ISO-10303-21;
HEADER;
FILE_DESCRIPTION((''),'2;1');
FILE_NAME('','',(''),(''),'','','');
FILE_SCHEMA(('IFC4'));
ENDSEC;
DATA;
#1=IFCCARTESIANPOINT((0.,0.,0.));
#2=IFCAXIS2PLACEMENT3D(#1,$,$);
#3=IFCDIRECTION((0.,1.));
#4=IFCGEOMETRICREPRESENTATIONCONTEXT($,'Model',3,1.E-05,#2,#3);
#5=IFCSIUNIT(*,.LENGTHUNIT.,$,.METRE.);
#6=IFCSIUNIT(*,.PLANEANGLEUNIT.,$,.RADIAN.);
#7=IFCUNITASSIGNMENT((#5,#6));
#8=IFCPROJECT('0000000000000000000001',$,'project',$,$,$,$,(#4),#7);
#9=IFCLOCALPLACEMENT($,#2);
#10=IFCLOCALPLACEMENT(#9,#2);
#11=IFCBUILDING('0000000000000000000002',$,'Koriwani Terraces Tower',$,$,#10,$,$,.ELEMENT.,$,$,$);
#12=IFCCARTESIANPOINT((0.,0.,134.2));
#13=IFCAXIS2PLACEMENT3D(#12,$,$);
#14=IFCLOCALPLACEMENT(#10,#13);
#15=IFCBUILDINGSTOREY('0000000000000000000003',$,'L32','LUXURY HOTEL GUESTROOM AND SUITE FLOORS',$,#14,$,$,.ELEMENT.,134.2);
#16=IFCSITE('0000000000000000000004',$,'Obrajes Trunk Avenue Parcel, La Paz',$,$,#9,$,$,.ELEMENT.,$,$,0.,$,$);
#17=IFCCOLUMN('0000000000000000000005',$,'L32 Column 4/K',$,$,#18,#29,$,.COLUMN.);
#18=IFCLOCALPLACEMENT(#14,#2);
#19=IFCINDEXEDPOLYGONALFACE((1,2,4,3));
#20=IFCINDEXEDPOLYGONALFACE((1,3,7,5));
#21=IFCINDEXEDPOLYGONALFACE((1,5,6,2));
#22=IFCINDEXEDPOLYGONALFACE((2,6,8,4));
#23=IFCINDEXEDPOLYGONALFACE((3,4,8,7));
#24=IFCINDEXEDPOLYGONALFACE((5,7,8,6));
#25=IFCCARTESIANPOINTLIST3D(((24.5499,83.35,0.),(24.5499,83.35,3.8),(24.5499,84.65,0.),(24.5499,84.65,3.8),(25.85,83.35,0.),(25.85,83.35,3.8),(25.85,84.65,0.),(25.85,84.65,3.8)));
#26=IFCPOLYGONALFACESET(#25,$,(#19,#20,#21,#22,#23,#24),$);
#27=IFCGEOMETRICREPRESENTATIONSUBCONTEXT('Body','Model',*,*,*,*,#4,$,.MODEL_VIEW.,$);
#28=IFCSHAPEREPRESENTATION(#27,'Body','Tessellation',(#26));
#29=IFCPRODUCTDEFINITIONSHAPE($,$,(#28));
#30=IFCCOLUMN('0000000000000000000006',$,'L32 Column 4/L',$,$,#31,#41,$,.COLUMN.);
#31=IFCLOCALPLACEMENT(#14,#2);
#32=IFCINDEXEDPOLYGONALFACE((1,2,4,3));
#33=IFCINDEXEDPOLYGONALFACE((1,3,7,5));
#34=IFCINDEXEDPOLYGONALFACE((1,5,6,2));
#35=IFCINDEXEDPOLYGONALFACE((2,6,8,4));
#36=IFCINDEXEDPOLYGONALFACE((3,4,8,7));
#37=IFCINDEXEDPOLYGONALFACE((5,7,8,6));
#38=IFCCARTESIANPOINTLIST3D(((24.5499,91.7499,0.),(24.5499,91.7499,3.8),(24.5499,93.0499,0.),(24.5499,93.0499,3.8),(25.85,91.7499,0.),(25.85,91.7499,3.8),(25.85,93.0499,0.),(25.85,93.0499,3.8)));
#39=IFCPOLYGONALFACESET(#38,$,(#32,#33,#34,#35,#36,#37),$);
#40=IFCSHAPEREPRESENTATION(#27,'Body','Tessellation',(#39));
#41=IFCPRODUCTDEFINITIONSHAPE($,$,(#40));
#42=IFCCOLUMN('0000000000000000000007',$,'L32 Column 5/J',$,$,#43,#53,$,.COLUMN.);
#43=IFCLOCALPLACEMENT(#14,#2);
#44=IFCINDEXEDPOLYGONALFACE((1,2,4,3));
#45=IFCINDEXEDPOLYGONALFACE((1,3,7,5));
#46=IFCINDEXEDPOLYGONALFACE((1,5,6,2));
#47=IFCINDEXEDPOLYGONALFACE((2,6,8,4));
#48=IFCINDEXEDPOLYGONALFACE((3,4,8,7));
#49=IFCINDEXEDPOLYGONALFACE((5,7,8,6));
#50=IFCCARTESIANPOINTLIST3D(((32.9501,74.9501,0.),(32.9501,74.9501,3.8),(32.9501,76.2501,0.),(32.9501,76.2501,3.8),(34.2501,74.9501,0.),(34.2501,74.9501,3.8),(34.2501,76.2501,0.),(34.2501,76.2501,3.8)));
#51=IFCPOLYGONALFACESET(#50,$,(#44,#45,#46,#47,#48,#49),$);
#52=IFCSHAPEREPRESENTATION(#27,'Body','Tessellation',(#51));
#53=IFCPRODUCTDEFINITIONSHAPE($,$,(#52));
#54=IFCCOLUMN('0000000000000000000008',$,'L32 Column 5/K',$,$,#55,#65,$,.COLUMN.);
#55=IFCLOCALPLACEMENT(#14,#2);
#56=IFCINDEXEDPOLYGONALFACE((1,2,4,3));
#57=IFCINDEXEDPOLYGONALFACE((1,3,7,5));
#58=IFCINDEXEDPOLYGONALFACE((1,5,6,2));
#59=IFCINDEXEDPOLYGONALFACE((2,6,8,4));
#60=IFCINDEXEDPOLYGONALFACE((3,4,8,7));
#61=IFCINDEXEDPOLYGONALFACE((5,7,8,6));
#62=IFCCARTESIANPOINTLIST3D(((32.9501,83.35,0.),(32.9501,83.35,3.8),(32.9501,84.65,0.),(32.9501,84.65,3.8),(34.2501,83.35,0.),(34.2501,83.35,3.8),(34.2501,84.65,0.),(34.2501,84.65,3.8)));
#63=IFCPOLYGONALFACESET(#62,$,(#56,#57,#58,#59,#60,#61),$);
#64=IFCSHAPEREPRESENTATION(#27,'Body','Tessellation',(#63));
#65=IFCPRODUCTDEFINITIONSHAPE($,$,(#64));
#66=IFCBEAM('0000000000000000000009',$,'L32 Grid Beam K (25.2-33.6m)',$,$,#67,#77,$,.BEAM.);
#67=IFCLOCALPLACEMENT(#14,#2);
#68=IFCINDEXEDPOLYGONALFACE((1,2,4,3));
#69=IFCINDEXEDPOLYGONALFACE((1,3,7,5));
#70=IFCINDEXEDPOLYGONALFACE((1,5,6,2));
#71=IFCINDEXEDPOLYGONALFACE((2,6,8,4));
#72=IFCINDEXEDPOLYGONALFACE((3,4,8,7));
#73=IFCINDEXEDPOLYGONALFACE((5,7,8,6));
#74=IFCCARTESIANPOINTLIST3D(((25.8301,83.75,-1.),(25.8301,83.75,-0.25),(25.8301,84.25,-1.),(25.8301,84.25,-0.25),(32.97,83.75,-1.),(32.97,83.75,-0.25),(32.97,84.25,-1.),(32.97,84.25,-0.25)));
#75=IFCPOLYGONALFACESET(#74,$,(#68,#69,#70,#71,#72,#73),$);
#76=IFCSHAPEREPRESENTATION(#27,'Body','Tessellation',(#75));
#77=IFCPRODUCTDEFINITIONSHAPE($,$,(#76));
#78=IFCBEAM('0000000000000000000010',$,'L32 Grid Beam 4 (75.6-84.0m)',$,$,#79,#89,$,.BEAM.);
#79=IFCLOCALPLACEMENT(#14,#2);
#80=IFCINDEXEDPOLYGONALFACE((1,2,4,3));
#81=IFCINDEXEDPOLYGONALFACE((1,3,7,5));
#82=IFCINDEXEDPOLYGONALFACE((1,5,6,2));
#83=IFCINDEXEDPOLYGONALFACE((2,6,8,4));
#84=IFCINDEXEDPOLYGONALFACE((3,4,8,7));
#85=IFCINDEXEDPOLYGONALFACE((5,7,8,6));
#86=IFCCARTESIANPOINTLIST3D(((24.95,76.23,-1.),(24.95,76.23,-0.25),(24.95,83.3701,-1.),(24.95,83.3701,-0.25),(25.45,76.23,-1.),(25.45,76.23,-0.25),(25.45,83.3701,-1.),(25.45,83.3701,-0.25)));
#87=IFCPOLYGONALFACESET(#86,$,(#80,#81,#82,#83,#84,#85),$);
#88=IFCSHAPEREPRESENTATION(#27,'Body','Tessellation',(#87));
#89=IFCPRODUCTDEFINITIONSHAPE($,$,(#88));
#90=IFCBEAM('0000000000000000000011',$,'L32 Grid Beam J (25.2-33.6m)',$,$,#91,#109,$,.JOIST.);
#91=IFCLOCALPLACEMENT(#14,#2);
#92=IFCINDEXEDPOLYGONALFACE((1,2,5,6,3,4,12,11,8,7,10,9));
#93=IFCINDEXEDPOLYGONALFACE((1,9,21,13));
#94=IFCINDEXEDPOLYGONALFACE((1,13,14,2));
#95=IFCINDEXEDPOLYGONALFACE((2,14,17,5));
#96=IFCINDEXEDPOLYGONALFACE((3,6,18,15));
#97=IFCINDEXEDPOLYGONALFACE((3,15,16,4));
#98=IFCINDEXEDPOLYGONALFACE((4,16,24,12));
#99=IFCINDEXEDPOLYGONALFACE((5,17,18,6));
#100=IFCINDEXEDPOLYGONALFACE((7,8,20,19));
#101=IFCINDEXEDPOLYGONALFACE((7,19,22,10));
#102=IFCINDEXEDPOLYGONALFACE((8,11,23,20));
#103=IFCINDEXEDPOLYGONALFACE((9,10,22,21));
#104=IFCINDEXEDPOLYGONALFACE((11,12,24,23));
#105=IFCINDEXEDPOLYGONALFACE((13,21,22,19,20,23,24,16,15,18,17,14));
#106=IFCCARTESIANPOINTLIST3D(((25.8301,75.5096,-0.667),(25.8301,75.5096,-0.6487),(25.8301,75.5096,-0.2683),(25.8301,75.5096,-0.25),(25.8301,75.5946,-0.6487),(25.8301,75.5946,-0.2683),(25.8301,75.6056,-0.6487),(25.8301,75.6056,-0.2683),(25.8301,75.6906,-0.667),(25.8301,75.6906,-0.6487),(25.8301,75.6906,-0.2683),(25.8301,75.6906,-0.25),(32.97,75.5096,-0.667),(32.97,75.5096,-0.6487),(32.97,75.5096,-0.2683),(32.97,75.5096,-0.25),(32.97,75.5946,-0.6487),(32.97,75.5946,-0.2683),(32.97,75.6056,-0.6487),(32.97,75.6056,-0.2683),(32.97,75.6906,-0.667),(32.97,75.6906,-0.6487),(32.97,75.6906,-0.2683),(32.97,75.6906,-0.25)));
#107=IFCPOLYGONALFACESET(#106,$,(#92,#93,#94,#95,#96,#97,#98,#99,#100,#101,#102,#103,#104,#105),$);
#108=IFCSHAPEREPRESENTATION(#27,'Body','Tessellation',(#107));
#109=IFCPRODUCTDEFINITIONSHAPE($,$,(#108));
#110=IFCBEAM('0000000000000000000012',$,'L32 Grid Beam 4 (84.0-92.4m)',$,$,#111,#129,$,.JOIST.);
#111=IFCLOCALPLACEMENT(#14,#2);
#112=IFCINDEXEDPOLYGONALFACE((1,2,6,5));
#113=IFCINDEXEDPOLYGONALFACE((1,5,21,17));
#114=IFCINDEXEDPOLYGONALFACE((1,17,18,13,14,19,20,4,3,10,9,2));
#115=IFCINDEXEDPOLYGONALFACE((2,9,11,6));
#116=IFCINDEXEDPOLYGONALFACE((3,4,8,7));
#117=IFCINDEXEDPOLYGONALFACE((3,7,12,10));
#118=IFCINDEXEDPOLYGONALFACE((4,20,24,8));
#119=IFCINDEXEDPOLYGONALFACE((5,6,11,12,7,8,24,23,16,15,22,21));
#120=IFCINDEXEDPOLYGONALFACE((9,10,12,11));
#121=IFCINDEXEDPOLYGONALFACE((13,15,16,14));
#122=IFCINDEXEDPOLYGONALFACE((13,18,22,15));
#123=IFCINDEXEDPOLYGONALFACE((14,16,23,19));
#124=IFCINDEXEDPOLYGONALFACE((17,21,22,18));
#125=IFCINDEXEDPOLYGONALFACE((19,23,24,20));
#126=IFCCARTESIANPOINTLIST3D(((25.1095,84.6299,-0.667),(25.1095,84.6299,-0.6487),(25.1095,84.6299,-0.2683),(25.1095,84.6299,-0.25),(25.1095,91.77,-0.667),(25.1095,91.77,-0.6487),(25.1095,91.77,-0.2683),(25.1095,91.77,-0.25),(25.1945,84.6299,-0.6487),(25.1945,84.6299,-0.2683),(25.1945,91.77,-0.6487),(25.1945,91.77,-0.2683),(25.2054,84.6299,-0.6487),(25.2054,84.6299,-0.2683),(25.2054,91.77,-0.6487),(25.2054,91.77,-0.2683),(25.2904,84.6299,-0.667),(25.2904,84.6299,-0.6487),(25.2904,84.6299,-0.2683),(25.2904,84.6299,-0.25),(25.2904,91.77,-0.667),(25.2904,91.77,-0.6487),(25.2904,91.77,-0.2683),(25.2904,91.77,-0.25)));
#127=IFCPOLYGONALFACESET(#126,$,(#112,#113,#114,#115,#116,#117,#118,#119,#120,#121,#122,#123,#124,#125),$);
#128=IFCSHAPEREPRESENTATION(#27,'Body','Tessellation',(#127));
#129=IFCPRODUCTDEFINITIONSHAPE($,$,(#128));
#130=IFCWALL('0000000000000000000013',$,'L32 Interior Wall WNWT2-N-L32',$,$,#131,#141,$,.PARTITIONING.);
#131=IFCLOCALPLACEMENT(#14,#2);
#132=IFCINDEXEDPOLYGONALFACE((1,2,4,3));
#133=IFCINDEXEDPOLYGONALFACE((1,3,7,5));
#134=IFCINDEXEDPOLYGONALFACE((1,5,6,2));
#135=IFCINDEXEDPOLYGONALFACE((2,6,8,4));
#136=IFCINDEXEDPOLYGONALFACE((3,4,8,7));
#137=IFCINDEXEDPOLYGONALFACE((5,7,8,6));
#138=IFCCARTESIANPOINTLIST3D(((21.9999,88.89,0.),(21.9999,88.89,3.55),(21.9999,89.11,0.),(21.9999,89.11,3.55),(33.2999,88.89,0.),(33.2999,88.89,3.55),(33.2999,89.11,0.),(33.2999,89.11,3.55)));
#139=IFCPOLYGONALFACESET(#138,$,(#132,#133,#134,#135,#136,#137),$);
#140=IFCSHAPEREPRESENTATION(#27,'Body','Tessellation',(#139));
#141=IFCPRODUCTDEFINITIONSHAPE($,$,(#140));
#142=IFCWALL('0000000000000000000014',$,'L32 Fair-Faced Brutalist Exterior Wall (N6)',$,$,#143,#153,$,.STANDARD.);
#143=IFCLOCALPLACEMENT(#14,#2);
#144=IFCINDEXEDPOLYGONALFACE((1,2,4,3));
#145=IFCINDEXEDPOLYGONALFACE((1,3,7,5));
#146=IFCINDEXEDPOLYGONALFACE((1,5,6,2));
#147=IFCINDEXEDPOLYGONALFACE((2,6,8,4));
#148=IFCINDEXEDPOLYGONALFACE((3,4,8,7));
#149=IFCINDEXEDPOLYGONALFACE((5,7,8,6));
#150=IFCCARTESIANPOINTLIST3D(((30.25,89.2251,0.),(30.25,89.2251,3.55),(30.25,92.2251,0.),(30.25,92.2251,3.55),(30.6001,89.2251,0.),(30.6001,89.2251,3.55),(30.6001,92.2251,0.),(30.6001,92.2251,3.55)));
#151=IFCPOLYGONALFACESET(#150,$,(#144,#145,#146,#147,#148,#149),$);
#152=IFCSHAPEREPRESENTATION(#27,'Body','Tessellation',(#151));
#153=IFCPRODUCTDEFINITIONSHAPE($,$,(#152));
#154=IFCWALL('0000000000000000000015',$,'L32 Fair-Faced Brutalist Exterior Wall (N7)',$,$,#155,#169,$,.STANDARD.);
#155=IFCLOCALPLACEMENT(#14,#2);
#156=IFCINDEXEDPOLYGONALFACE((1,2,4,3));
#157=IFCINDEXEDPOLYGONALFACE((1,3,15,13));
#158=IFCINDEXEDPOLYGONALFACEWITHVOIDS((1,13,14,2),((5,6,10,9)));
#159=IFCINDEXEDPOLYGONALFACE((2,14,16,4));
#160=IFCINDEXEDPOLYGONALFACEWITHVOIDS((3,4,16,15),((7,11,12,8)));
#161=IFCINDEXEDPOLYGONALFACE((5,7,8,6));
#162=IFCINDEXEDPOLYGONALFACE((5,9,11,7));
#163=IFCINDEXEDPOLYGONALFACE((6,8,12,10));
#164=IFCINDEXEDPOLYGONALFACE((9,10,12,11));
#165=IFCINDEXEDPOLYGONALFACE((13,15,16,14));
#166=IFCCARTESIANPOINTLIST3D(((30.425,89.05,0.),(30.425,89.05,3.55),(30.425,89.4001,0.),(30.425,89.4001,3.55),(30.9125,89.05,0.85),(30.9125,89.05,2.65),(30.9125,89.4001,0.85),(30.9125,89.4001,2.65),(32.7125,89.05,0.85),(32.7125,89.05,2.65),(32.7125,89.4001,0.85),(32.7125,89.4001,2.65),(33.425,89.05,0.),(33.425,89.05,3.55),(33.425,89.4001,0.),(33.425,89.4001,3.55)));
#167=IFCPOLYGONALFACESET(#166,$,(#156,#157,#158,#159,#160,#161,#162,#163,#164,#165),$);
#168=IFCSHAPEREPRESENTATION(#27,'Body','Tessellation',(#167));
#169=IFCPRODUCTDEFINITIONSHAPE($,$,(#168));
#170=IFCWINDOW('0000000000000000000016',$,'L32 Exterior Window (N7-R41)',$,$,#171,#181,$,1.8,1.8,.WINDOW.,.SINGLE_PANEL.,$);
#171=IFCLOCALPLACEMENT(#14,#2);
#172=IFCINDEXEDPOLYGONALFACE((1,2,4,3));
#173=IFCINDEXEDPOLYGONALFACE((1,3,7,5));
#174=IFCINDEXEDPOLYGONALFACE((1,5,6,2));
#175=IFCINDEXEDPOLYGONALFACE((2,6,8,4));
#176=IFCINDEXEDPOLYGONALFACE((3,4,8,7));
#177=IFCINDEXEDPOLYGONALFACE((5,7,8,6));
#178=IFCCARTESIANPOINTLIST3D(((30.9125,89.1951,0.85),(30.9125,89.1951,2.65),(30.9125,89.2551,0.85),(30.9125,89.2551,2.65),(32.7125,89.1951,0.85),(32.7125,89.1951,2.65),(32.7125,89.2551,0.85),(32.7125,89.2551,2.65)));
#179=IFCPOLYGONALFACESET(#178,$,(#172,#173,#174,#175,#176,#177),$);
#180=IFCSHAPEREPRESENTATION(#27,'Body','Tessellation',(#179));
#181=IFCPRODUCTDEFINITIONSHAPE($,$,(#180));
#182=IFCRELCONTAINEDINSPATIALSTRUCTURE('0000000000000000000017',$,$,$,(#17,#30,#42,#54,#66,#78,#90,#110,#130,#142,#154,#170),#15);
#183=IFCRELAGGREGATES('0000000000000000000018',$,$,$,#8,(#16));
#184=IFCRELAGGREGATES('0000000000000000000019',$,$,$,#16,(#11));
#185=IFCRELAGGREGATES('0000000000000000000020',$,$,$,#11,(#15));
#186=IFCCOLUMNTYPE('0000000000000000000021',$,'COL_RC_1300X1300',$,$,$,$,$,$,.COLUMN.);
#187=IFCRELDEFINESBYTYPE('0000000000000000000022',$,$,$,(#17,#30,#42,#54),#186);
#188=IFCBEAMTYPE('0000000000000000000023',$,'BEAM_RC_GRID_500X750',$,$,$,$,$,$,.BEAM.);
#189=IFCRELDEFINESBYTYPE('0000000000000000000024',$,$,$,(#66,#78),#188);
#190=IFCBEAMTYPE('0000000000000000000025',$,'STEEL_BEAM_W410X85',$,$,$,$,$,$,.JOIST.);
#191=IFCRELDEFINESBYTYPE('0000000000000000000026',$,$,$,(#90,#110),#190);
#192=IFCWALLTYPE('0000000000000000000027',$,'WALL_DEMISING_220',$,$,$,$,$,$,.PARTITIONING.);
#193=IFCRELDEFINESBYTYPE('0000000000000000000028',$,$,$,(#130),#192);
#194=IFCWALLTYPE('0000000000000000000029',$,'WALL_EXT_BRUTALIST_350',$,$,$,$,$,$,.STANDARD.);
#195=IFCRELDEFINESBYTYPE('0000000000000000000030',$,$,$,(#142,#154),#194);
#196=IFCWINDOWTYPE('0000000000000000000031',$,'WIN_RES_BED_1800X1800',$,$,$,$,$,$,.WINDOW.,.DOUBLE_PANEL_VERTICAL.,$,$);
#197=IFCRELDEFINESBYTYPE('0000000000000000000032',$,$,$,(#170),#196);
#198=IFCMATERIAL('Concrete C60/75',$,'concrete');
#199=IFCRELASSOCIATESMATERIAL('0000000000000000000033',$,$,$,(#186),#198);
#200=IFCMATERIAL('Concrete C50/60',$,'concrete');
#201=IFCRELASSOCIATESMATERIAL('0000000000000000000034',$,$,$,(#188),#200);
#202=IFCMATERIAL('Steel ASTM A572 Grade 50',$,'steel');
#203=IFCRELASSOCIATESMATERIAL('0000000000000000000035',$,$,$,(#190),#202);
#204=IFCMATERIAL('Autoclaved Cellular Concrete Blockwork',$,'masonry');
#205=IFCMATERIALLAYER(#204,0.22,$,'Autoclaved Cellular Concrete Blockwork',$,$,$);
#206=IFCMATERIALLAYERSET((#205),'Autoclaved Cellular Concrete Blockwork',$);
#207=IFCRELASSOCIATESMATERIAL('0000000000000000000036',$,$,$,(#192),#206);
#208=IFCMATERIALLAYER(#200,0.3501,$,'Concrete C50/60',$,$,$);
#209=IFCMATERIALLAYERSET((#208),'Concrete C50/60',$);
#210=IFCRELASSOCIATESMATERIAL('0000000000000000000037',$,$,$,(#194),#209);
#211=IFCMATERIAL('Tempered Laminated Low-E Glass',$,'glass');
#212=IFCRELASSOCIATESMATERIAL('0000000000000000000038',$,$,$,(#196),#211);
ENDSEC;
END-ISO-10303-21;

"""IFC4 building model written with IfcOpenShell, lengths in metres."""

from ifc_helpers import new_model, si_unit, direction, frame, frame_2d, origin, origin_2d, place, context, subcontext, project, spatial, rectangle, i_section, extrude, material, layer, layer_set, material_profile, profile_set, type_object, element, fill, save


model = new_model("IFC4")

# Units and contexts
model_context = context("Model", 3, precision=1e-05, world=origin(), true_north=direction((0.0, 1.0)))
body_context = subcontext(model_context, "Body", "Model", "MODEL_VIEW")
ifc_project = project(units=[si_unit("LENGTHUNIT", "METRE"), si_unit("PLANEANGLEUNIT", "RADIAN")], contexts=[model_context])

# Site, building, storey
site_placement = place(None, origin())
site = spatial("IfcSite", under=ifc_project, at=site_placement, Name="Obrajes Trunk Avenue Parcel, La Paz", CompositionType="ELEMENT", RefElevation=0.0)
building_placement = place(site_placement, origin())
building = spatial("IfcBuilding", under=site, at=building_placement, Name="Koriwani Terraces Tower", CompositionType="ELEMENT")
storey_placement = place(building_placement, frame((0.0, 0.0, 134.2)))
storey = spatial("IfcBuildingStorey", under=building, at=storey_placement, Name="L32", Description="LUXURY HOTEL GUESTROOM AND SUITE FLOORS", CompositionType="ELEMENT", Elevation=134.2)

# Columns
ifc_material_1 = material(Name="Concrete C60/75", Category="concrete")
ifc_material_profile_1 = material_profile(ifc_material_1, rectangle(XDim=1.3, YDim=1.3, at=origin_2d()), Name="Concrete C60/75", Category="LoadBearing")
ifc_profile_set_1 = profile_set([ifc_material_profile_1], Name="Concrete C60/75")
column_type = type_object("IfcColumnType", Name="COL_RC_1300X1300", PredefinedType="COLUMN", material=ifc_profile_set_1)
for number, where, z_axis, x_axis, name in (
    (1, (25.2, 84.0, 0.0), (0.0, 0.0, 1.0), (1.0, 0.0, 0.0), "L32 Column 4/K"),
    (2, (25.2, 92.3999, 0.0), (0.0, 0.0, 1.0), (1.0, 0.0, 0.0), "L32 Column 4/L"),
    (3, (33.6001, 75.6001, 0.0), (0.0, 0.0, 1.0), (1.0, 0.0, 0.0), "L32 Column 5/J"),
    (4, (33.6001, 84.0, 0.0), (0.0, 0.0, 1.0), (1.0, 0.0, 0.0), "L32 Column 5/K"),
):
    element("IfcColumn", number, at=place(storey_placement, frame(where, z_axis=z_axis, x_axis=x_axis)), inside=storey, type_object=column_type, Name=name, PredefinedType="COLUMN", context=body_context, shape_type="SweptSolid", body=[
        extrude(rectangle(XDim=1.3, YDim=1.3, at=origin_2d()), origin(), (0.0, 0.0, 1.0), 3.8),
    ])

# Beams
ifc_material_2 = material(Name="Concrete C50/60", Category="concrete")
ifc_material_profile_2 = material_profile(ifc_material_2, rectangle(XDim=0.5, YDim=0.75, at=origin_2d()), Name="Concrete C50/60", Category="LoadBearing")
ifc_profile_set_2 = profile_set([ifc_material_profile_2], Name="Concrete C50/60")
beam_type_1 = type_object("IfcBeamType", Name="BEAM_RC_GRID_500X750", PredefinedType="BEAM", material=ifc_profile_set_2)
beam_1_placement = place(storey_placement, frame((25.8301, 84.0, -0.625), z_axis=(1.0, 0.0, 0.0), x_axis=(0.0, 1.0, 0.0)))
element("IfcBeam", 5, at=beam_1_placement, inside=storey, type_object=beam_type_1, Name="L32 Grid Beam K (25.2-33.6m)", PredefinedType="BEAM", context=body_context, shape_type="SweptSolid", body=[
    extrude(rectangle(XDim=0.5, YDim=0.75, at=origin_2d()), origin(), (0.0, 0.0, 1.0), 7.1399),
])
beam_2_placement = place(storey_placement, frame((25.2, 76.23, -0.625), z_axis=(0.0, 1.0, 0.0), x_axis=(-1.0, 0.0, 0.0)))
element("IfcBeam", 6, at=beam_2_placement, inside=storey, type_object=beam_type_1, Name="L32 Grid Beam 4 (75.6-84.0m)", PredefinedType="BEAM", context=body_context, shape_type="SweptSolid", body=[
    extrude(rectangle(XDim=0.5, YDim=0.75, at=origin_2d()), origin(), (0.0, 0.0, 1.0), 7.1401),
])
ifc_material_3 = material(Name="Steel ASTM A572 Grade 50", Category="steel")
ifc_material_profile_3 = material_profile(ifc_material_3, i_section(OverallWidth=0.1809, OverallDepth=0.417, WebThickness=0.011, FlangeThickness=0.0183, at=origin_2d()), Name="Steel ASTM A572 Grade 50", Category="LoadBearing")
ifc_profile_set_3 = profile_set([ifc_material_profile_3], Name="Steel ASTM A572 Grade 50")
beam_type_2 = type_object("IfcBeamType", Name="STEEL_BEAM_W410X85", PredefinedType="JOIST", material=ifc_profile_set_3)
beam_3_placement = place(storey_placement, frame((25.8301, 75.6001, -0.4585), z_axis=(1.0, 0.0, 0.0), x_axis=(0.0, 1.0, 0.0)))
element("IfcBeam", 7, at=beam_3_placement, inside=storey, type_object=beam_type_2, Name="L32 Grid Beam J (25.2-33.6m)", PredefinedType="JOIST", context=body_context, shape_type="SweptSolid", body=[
    extrude(i_section(OverallWidth=0.1809, OverallDepth=0.417, WebThickness=0.011, FlangeThickness=0.0183, at=origin_2d()), origin(), (0.0, 0.0, 1.0), 7.1399),
])
beam_4_placement = place(storey_placement, frame((25.2, 84.6299, -0.4585), z_axis=(0.0, 1.0, 0.0), x_axis=(-1.0, 0.0, 0.0)))
element("IfcBeam", 8, at=beam_4_placement, inside=storey, type_object=beam_type_2, Name="L32 Grid Beam 4 (84.0-92.4m)", PredefinedType="JOIST", context=body_context, shape_type="SweptSolid", body=[
    extrude(i_section(OverallWidth=0.1809, OverallDepth=0.417, WebThickness=0.011, FlangeThickness=0.0183, at=origin_2d()), origin(), (0.0, 0.0, 1.0), 7.1401),
])

# Walls
ifc_material_4 = material(Name="Autoclaved Cellular Concrete Blockwork", Category="masonry")
ifc_layer_1 = layer(ifc_material_4, 0.22, Name="Autoclaved Cellular Concrete Blockwork")
ifc_layer_set_1 = layer_set([ifc_layer_1], Name="Autoclaved Cellular Concrete Blockwork")
wall_type_1 = type_object("IfcWallType", Name="WALL_DEMISING_220", PredefinedType="PARTITIONING", material=ifc_layer_set_1)
wall_1_placement = place(storey_placement, frame((22.0, 89.0, 0.0), z_axis=(0.0, 0.0, 1.0), x_axis=(1.0, 0.0, 0.0)))
element("IfcWall", 9, at=wall_1_placement, inside=storey, type_object=wall_type_1, Name="L32 Interior Wall WNWT2-N-L32", PredefinedType="PARTITIONING", context=body_context, shape_type="SweptSolid", body=[
    extrude(rectangle(XDim=11.3, YDim=0.22, at=frame_2d((5.6499, 0.0))), origin(), (0.0, 0.0, 1.0), 3.55),
])
ifc_layer_2 = layer(ifc_material_2, 0.3501, Name="Concrete C50/60")
ifc_layer_set_2 = layer_set([ifc_layer_2], Name="Concrete C50/60")
wall_type_2 = type_object("IfcWallType", Name="WALL_EXT_BRUTALIST_350", PredefinedType="STANDARD", material=ifc_layer_set_2)
wall_2_placement = place(storey_placement, frame((30.425, 92.2251, 0.0), z_axis=(0.0, 0.0, 1.0), x_axis=(0.0, -1.0, 0.0)))
element("IfcWall", 10, at=wall_2_placement, inside=storey, type_object=wall_type_2, Name="L32 Fair-Faced Brutalist Exterior Wall (N6)", PredefinedType="STANDARD", context=body_context, shape_type="SweptSolid", body=[
    extrude(rectangle(XDim=3.0, YDim=0.3501, at=frame_2d((1.5, 0.0))), origin(), (0.0, 0.0, 1.0), 3.55),
])

# Wall, opening, window
wall_3_placement = place(storey_placement, frame((30.425, 89.2251, 0.0), z_axis=(0.0, 0.0, 1.0), x_axis=(1.0, 0.0, 0.0)))
wall_3 = element("IfcWall", 11, at=wall_3_placement, inside=storey, type_object=wall_type_2, Name="L32 Fair-Faced Brutalist Exterior Wall (N7)", PredefinedType="STANDARD", context=body_context, shape_type="SweptSolid", body=[
    extrude(rectangle(XDim=3.0, YDim=0.3501, at=frame_2d((1.5, 0.0))), origin(), (0.0, 0.0, 1.0), 3.55),
])
opening_1_placement = place(wall_3_placement, frame((0.4875, 0.0, 0.8501)))
opening_1 = element("IfcOpeningElement", 12, at=opening_1_placement, cuts=wall_3, PredefinedType="OPENING", context=body_context, shape_type="SweptSolid", body=[
    extrude(rectangle(XDim=1.8, YDim=1.8, at=frame_2d((0.8999, 0.8999))), frame((0.0, 0.1851, 0.0), z_axis=(0.0, -1.0, 0.0), x_axis=(1.0, 0.0, 0.0)), (0.0, 0.0, 1.0), 0.3701),
])
ifc_material_5 = material(Name="Tempered Laminated Low-E Glass", Category="glass")
window_type_1 = type_object("IfcWindowType", Name="WIN_RES_BED_1800X1800", PartitioningType="DOUBLE_PANEL_VERTICAL", PredefinedType="WINDOW", material=ifc_material_5)
window_1_placement = place(opening_1_placement, origin())
window_1 = element("IfcWindow", 13, at=window_1_placement, inside=storey, type_object=window_type_1, Name="L32 Exterior Window (N7-R41)", OverallHeight=1.8, OverallWidth=1.8, PartitioningType="SINGLE_PANEL", PredefinedType="WINDOW", context=body_context, shape_type="SweptSolid", body=[
    extrude(rectangle(XDim=1.8, YDim=1.8, at=frame_2d((0.8999, 0.8999))), frame((0.0, 0.03, 0.0), z_axis=(0.0, -1.0, 0.0), x_axis=(1.0, 0.0, 0.0)), (0.0, 0.0, 1.0), 0.0601),
])
fill(opening_1, window_1)

save(model, "model.ifc")
